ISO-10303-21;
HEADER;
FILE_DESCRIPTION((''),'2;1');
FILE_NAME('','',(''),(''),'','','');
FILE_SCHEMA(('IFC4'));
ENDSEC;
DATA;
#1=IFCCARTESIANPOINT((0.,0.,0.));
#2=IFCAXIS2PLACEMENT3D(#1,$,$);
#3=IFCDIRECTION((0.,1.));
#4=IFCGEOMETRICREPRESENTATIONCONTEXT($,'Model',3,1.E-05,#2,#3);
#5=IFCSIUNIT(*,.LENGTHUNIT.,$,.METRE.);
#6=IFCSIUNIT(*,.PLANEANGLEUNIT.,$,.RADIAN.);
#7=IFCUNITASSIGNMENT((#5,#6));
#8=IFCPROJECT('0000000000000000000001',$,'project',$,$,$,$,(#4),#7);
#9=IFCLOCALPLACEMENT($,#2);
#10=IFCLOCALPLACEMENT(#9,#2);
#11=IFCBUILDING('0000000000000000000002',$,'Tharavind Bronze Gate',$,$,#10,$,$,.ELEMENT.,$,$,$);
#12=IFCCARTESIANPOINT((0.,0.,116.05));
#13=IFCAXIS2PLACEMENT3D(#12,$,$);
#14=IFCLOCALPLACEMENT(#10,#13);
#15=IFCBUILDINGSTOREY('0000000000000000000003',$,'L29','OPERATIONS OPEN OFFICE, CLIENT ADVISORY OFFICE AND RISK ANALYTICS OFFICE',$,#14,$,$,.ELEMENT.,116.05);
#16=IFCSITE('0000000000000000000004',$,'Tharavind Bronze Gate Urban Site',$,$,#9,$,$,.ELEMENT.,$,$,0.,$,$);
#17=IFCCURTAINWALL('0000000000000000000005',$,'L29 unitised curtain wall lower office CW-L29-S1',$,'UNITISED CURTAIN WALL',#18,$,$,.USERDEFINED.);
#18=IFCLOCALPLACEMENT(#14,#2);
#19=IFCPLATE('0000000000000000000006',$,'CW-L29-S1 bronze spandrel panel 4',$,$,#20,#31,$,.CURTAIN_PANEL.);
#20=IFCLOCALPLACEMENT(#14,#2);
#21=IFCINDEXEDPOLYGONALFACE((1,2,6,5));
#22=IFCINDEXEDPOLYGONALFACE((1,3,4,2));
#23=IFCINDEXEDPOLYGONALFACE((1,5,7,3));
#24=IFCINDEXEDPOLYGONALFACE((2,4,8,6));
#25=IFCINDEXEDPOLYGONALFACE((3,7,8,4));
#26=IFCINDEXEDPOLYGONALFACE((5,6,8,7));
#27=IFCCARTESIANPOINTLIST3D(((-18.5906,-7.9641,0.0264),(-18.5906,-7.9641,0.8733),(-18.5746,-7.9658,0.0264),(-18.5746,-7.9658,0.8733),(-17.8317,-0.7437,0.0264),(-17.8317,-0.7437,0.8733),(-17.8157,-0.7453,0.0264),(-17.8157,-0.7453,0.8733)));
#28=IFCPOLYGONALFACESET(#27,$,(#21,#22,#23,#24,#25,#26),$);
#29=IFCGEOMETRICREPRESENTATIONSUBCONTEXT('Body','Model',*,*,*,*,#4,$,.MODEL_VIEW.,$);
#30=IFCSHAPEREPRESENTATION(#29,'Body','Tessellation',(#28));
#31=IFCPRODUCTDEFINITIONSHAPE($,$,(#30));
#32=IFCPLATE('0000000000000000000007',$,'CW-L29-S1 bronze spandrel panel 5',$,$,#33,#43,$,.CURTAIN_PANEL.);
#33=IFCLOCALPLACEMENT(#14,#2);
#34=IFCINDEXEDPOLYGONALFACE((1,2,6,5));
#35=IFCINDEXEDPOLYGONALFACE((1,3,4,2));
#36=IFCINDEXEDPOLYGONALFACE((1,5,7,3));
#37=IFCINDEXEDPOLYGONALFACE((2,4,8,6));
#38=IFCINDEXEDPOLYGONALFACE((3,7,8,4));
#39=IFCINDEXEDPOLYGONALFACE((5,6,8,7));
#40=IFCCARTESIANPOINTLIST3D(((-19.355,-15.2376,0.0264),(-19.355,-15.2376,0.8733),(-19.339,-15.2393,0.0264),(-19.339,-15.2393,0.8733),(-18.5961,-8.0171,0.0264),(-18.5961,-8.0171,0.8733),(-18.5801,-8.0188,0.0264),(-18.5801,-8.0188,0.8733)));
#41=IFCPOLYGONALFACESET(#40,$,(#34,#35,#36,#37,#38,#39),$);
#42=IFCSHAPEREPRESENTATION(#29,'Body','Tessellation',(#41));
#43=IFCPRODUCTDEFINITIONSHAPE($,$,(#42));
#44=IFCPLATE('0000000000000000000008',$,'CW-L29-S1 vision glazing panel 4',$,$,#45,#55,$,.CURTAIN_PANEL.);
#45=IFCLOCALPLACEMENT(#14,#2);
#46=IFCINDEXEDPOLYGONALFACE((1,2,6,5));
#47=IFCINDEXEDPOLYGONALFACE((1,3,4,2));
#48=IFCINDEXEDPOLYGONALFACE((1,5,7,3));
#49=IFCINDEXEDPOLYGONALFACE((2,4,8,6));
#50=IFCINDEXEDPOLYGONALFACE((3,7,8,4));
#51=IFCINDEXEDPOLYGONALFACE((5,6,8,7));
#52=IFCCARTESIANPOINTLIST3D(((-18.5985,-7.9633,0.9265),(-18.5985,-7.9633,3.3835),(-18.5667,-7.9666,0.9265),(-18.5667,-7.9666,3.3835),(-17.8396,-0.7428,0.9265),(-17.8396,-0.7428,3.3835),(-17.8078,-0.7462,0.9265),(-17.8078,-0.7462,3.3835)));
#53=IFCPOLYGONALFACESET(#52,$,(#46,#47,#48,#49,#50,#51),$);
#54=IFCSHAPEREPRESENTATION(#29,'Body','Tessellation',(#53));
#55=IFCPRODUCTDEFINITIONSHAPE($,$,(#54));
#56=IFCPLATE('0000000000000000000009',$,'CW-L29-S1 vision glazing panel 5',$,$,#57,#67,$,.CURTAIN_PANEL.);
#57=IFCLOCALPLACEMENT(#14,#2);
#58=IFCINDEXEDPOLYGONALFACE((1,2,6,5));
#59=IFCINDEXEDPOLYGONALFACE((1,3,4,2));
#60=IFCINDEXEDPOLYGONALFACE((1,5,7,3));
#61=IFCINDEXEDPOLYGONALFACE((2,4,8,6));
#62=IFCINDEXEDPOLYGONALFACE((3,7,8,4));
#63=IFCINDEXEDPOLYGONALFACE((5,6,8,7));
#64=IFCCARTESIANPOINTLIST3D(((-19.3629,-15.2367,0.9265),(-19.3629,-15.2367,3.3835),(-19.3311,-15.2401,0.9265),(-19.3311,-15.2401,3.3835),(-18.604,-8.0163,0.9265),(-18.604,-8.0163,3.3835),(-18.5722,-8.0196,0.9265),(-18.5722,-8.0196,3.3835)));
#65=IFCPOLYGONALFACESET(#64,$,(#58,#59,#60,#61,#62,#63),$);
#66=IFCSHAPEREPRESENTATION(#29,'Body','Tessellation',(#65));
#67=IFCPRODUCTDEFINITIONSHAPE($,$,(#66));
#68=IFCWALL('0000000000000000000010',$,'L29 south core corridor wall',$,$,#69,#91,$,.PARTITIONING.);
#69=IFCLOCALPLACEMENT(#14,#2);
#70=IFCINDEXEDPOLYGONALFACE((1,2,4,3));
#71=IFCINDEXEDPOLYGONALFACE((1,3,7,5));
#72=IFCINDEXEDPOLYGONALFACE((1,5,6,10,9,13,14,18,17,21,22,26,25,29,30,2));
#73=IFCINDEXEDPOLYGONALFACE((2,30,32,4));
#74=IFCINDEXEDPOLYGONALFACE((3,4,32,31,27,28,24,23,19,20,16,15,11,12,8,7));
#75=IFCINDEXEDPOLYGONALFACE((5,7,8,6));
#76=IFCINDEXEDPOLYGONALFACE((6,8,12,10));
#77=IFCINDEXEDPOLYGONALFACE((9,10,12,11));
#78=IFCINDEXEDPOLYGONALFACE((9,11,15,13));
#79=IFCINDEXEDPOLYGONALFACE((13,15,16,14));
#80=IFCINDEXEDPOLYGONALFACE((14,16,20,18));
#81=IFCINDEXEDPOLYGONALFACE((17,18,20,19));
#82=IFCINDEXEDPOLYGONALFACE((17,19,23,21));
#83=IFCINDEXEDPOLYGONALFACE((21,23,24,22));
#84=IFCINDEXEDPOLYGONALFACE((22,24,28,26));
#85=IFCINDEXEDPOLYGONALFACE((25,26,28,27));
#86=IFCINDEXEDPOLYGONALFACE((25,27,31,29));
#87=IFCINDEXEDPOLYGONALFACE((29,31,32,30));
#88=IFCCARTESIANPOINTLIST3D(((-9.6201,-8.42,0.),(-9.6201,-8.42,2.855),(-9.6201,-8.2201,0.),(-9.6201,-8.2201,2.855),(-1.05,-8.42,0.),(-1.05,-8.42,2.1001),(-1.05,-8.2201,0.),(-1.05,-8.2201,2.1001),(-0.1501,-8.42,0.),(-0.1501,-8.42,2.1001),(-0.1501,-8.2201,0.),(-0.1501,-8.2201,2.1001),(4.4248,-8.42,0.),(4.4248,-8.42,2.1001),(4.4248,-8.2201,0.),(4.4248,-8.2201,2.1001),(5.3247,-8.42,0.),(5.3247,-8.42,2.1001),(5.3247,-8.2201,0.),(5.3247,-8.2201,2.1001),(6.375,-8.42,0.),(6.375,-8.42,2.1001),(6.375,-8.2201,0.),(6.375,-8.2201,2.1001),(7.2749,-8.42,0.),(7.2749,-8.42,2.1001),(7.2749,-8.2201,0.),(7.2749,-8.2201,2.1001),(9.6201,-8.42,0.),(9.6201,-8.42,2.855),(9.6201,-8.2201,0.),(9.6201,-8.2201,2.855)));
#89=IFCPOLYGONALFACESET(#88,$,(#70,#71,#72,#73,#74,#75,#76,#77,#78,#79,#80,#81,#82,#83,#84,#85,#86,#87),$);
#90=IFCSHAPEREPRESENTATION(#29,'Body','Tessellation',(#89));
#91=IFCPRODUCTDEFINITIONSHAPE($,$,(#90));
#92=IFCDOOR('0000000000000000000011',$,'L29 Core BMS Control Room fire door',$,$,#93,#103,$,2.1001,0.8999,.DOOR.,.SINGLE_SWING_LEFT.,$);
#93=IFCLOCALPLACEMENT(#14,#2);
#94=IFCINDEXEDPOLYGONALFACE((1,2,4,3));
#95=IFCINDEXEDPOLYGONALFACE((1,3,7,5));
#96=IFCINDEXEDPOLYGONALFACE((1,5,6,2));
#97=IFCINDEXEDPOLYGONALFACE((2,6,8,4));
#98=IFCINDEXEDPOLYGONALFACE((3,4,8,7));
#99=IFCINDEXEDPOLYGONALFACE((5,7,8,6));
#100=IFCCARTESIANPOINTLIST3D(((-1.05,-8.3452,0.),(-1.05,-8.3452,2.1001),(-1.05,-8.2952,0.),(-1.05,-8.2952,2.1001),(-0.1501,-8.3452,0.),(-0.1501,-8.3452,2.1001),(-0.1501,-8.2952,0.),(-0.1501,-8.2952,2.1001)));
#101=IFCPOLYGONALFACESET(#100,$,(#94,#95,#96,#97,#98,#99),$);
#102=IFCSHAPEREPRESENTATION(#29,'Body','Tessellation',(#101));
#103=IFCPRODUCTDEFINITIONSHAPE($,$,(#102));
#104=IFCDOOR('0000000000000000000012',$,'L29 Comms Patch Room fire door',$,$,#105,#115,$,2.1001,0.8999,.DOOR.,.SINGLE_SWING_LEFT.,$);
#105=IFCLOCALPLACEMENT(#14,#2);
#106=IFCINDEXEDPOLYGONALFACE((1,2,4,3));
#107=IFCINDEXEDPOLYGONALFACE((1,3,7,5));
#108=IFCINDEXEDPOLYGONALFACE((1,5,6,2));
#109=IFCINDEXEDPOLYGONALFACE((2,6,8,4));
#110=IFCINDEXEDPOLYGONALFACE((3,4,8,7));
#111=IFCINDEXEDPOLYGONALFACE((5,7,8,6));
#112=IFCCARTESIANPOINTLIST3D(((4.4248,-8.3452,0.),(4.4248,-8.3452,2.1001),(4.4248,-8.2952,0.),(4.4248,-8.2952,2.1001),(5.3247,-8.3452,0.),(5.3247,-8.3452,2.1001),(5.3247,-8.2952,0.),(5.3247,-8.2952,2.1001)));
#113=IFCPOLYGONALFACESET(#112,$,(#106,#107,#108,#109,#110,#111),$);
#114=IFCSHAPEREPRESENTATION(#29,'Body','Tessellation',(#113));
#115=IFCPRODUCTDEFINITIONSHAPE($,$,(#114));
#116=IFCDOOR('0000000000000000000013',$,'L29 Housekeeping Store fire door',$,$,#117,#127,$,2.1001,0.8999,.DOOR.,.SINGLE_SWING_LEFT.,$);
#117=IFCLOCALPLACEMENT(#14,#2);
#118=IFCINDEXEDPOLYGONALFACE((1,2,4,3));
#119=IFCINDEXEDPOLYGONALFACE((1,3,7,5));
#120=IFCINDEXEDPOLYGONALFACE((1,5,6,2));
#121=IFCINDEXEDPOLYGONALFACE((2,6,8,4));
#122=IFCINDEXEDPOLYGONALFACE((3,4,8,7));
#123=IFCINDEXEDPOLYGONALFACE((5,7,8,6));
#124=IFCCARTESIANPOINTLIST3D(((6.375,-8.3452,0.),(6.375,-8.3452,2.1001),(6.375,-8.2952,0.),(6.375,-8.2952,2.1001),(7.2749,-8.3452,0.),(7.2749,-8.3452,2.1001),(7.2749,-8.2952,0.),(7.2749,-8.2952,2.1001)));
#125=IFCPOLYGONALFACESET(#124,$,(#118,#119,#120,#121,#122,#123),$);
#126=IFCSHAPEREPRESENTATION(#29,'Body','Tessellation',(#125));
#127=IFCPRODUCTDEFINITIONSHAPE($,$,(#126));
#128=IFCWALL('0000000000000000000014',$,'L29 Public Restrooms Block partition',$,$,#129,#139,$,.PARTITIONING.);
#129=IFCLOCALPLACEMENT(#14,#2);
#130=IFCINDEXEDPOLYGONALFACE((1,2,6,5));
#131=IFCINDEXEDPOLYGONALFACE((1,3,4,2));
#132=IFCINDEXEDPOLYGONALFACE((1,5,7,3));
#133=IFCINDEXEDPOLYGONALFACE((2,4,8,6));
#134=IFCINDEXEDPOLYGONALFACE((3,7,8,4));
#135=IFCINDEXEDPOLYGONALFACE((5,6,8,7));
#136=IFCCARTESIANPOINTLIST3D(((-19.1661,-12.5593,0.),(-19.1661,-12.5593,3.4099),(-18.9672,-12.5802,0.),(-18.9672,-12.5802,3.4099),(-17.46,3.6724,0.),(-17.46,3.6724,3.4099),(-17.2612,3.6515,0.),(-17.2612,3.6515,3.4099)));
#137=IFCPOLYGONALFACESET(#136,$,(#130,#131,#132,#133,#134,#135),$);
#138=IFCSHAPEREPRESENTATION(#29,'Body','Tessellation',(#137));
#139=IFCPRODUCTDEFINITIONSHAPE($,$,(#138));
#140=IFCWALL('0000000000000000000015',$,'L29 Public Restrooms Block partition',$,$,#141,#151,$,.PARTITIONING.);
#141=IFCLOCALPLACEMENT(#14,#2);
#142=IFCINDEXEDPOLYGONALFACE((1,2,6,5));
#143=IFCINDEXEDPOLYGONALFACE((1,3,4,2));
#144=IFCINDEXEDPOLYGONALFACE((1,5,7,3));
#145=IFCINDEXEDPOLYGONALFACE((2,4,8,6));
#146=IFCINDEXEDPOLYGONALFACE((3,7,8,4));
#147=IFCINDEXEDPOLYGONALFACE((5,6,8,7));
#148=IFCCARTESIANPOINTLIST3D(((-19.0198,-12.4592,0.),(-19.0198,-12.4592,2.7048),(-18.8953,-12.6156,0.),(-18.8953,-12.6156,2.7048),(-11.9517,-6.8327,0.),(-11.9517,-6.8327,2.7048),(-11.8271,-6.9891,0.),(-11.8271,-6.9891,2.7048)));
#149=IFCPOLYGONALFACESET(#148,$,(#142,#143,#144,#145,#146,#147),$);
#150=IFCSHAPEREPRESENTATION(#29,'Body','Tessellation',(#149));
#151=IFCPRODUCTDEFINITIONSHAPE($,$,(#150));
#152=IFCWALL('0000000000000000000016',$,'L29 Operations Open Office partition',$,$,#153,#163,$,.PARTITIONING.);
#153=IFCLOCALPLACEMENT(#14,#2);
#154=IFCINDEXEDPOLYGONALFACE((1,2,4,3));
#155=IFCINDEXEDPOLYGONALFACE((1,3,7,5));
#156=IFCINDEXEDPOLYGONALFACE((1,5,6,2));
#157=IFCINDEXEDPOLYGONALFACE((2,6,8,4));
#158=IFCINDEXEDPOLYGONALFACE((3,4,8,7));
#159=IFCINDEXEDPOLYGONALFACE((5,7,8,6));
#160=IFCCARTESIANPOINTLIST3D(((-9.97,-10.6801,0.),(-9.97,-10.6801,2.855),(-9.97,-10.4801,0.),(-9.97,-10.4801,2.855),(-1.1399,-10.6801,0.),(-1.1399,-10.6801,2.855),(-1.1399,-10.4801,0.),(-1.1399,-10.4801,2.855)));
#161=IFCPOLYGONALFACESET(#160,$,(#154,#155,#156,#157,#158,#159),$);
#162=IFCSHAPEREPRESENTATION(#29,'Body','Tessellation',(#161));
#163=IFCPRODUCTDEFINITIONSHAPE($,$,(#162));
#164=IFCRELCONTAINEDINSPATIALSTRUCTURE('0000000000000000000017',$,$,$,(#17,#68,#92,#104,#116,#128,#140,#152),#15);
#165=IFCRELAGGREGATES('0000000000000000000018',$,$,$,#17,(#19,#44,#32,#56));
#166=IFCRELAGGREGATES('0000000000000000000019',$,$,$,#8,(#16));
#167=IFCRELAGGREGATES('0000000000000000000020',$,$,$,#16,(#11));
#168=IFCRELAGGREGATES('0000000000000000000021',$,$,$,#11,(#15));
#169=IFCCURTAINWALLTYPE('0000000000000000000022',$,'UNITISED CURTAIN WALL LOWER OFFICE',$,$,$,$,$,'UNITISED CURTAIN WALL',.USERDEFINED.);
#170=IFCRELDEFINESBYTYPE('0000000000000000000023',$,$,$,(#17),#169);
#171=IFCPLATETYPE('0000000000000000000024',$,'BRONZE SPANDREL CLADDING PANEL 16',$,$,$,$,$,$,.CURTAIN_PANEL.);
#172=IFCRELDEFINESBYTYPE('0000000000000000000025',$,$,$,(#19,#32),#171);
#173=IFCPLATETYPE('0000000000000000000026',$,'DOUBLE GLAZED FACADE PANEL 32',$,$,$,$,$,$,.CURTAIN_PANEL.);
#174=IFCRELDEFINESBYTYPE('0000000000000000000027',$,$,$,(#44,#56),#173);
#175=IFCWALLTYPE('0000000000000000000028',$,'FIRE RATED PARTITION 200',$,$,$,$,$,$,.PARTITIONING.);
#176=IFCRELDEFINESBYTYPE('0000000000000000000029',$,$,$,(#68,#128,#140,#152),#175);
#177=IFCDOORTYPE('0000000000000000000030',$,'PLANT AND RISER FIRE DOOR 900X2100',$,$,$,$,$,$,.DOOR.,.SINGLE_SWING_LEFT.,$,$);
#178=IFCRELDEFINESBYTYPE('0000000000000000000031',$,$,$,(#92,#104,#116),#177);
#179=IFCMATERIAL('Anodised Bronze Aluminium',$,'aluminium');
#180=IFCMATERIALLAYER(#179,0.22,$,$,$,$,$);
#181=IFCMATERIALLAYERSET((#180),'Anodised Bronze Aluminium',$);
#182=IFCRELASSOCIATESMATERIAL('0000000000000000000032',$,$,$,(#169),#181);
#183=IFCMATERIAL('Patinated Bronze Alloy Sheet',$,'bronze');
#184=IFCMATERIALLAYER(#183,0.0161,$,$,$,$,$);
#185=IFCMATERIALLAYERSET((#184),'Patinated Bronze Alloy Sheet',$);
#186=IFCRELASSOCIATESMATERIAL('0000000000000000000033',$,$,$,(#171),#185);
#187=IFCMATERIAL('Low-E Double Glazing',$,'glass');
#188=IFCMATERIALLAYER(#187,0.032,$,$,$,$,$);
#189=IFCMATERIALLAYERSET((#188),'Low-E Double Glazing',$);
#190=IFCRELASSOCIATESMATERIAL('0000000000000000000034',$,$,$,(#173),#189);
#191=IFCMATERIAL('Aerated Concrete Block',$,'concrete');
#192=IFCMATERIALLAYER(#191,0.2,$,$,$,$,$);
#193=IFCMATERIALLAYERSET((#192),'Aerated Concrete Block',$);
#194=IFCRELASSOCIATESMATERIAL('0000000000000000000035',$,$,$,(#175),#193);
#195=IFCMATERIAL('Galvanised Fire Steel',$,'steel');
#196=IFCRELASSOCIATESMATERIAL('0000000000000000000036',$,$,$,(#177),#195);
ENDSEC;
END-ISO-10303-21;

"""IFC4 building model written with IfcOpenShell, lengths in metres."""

from ifc_helpers import new_model, si_unit, direction, frame, frame_2d, origin, origin_2d, place, context, subcontext, project, spatial, rectangle, extrude, material, layer, layer_set, type_object, element, fill, aggregate, save


model = new_model("IFC4")

# Units and contexts
model_context = context("Model", 3, precision=1e-05, world=origin(), true_north=direction((0.0, 1.0)))
body_context = subcontext(model_context, "Body", "Model", "MODEL_VIEW")
ifc_project = project(units=[si_unit("LENGTHUNIT", "METRE"), si_unit("PLANEANGLEUNIT", "RADIAN")], contexts=[model_context])

# Site, building, storey
site_placement = place(None, origin())
site = spatial("IfcSite", under=ifc_project, at=site_placement, Name="Tharavind Bronze Gate Urban Site", CompositionType="ELEMENT", RefElevation=0.0)
building_placement = place(site_placement, origin())
building = spatial("IfcBuilding", under=site, at=building_placement, Name="Tharavind Bronze Gate", CompositionType="ELEMENT")
storey_placement = place(building_placement, frame((0.0, 0.0, 116.05)))
storey = spatial("IfcBuildingStorey", under=building, at=storey_placement, Name="L29", Description="OPERATIONS OPEN OFFICE, CLIENT ADVISORY OFFICE AND RISK ANALYTICS OFFICE", CompositionType="ELEMENT", Elevation=116.05)

# Curtain wall
ifc_material_1 = material(Name="Anodised Bronze Aluminium", Category="aluminium")
ifc_layer_1 = layer(ifc_material_1, 0.22)
ifc_layer_set_1 = layer_set([ifc_layer_1], Name="Anodised Bronze Aluminium")
curtain_wall_type = type_object("IfcCurtainWallType", Name="UNITISED CURTAIN WALL LOWER OFFICE", ElementType="UNITISED CURTAIN WALL", PredefinedType="USERDEFINED", material=ifc_layer_set_1)
curtain_wall_placement = place(storey_placement, origin())
curtain_wall = element("IfcCurtainWall", 1, at=curtain_wall_placement, inside=storey, type_object=curtain_wall_type, Name="L29 unitised curtain wall lower office CW-L29-S1", ObjectType="UNITISED CURTAIN WALL", PredefinedType="USERDEFINED")

# Plates
ifc_material_2 = material(Name="Patinated Bronze Alloy Sheet", Category="bronze")
ifc_layer_2 = layer(ifc_material_2, 0.0161)
ifc_layer_set_2 = layer_set([ifc_layer_2], Name="Patinated Bronze Alloy Sheet")
plate_type_1 = type_object("IfcPlateType", Name="BRONZE SPANDREL CLADDING PANEL 16", PredefinedType="CURTAIN_PANEL", material=ifc_layer_set_2)
plate_1_placement = place(storey_placement, frame((-18.2031, -4.3547, 0.0264), z_axis=(0.0, 0.0, 1.0), x_axis=(-0.104527, -0.994522, 0.0)))
plate_1 = element("IfcPlate", 2, at=plate_1_placement, type_object=plate_type_1, Name="CW-L29-S1 bronze spandrel panel 4", PredefinedType="CURTAIN_PANEL", context=body_context, shape_type="SweptSolid", body=[
    extrude(rectangle(XDim=7.2603, YDim=0.0161, at=origin_2d()), origin(), (0.0, 0.0, 1.0), 0.8469),
])
plate_2_placement = place(storey_placement, frame((-18.9675, -11.6282, 0.0264), z_axis=(0.0, 0.0, 1.0), x_axis=(-0.104527, -0.994522, 0.0)))
plate_2 = element("IfcPlate", 3, at=plate_2_placement, type_object=plate_type_1, Name="CW-L29-S1 bronze spandrel panel 5", PredefinedType="CURTAIN_PANEL", context=body_context, shape_type="SweptSolid", body=[
    extrude(rectangle(XDim=7.2603, YDim=0.0161, at=origin_2d()), origin(), (0.0, 0.0, 1.0), 0.8469),
])
ifc_material_3 = material(Name="Low-E Double Glazing", Category="glass")
ifc_layer_3 = layer(ifc_material_3, 0.032)
ifc_layer_set_3 = layer_set([ifc_layer_3], Name="Low-E Double Glazing")
plate_type_2 = type_object("IfcPlateType", Name="DOUBLE GLAZED FACADE PANEL 32", PredefinedType="CURTAIN_PANEL", material=ifc_layer_set_3)
plate_3_placement = place(storey_placement, frame((-18.2031, -4.3547, 0.9265), z_axis=(0.0, 0.0, 1.0), x_axis=(-0.104527, -0.994522, 0.0)))
plate_3 = element("IfcPlate", 4, at=plate_3_placement, type_object=plate_type_2, Name="CW-L29-S1 vision glazing panel 4", PredefinedType="CURTAIN_PANEL", context=body_context, shape_type="SweptSolid", body=[
    extrude(rectangle(XDim=7.2603, YDim=0.032, at=origin_2d()), origin(), (0.0, 0.0, 1.0), 2.457),
])
plate_4_placement = place(storey_placement, frame((-18.9675, -11.6282, 0.9265), z_axis=(0.0, 0.0, 1.0), x_axis=(-0.104527, -0.994522, 0.0)))
plate_4 = element("IfcPlate", 5, at=plate_4_placement, type_object=plate_type_2, Name="CW-L29-S1 vision glazing panel 5", PredefinedType="CURTAIN_PANEL", context=body_context, shape_type="SweptSolid", body=[
    extrude(rectangle(XDim=7.2603, YDim=0.032, at=origin_2d()), origin(), (0.0, 0.0, 1.0), 2.457),
])
aggregate(curtain_wall, [plate_1, plate_3, plate_2, plate_4])

# Wall, openings, doors
ifc_material_4 = material(Name="Aerated Concrete Block", Category="concrete")
ifc_layer_4 = layer(ifc_material_4, 0.2)
ifc_layer_set_4 = layer_set([ifc_layer_4], Name="Aerated Concrete Block")
wall_type = type_object("IfcWallType", Name="FIRE RATED PARTITION 200", PredefinedType="PARTITIONING", material=ifc_layer_set_4)
wall_1_placement = place(storey_placement, frame((-9.6201, -8.3201, 0.0), z_axis=(0.0, 0.0, 1.0), x_axis=(1.0, 0.0, 0.0)))
wall_1 = element("IfcWall", 6, at=wall_1_placement, inside=storey, type_object=wall_type, Name="L29 south core corridor wall", PredefinedType="PARTITIONING", context=body_context, shape_type="SweptSolid", body=[
    extrude(rectangle(XDim=19.2402, YDim=0.2, at=frame_2d((9.6201, 0.0))), origin(), (0.0, 0.0, 1.0), 2.855),
])
opening_1_placement = place(wall_1_placement, frame((8.5701, 0.0, 0.0)))
opening_1 = element("IfcOpeningElement", 7, at=opening_1_placement, cuts=wall_1, PredefinedType="OPENING", context=body_context, shape_type="SweptSolid", body=[
    extrude(rectangle(XDim=0.8999, YDim=2.1001, at=frame_2d((0.45, 1.05))), frame((0.0, 0.1101, 0.0), z_axis=(0.0, -1.0, 0.0), x_axis=(1.0, 0.0, 0.0)), (0.0, 0.0, 1.0), 0.22),
])
opening_2_placement = place(wall_1_placement, frame((14.0449, 0.0, 0.0)))
opening_2 = element("IfcOpeningElement", 8, at=opening_2_placement, cuts=wall_1, PredefinedType="OPENING", context=body_context, shape_type="SweptSolid", body=[
    extrude(rectangle(XDim=0.8999, YDim=2.1001, at=frame_2d((0.45, 1.05))), frame((0.0, 0.1101, 0.0), z_axis=(0.0, -1.0, 0.0), x_axis=(1.0, 0.0, 0.0)), (0.0, 0.0, 1.0), 0.22),
])
opening_3_placement = place(wall_1_placement, frame((15.9951, 0.0, 0.0)))
opening_3 = element("IfcOpeningElement", 9, at=opening_3_placement, cuts=wall_1, PredefinedType="OPENING", context=body_context, shape_type="SweptSolid", body=[
    extrude(rectangle(XDim=0.8999, YDim=2.1001, at=frame_2d((0.45, 1.05))), frame((0.0, 0.1101, 0.0), z_axis=(0.0, -1.0, 0.0), x_axis=(1.0, 0.0, 0.0)), (0.0, 0.0, 1.0), 0.22),
])
ifc_material_5 = material(Name="Galvanised Fire Steel", Category="steel")
door_type = type_object("IfcDoorType", Name="PLANT AND RISER FIRE DOOR 900X2100", OperationType="SINGLE_SWING_LEFT", PredefinedType="DOOR", material=ifc_material_5)
door_1_placement = place(opening_1_placement, origin())
door_1 = element("IfcDoor", 10, at=door_1_placement, inside=storey, type_object=door_type, Name="L29 Core BMS Control Room fire door", OperationType="SINGLE_SWING_LEFT", OverallHeight=2.1001, OverallWidth=0.8999, PredefinedType="DOOR", context=body_context, shape_type="SweptSolid", body=[
    extrude(rectangle(XDim=0.8999, YDim=2.1001, at=frame_2d((0.45, 1.05))), frame((0.0, 0.0249, 0.0), z_axis=(0.0, -1.0, 0.0), x_axis=(1.0, 0.0, 0.0)), (0.0, 0.0, 1.0), 0.05),
])
fill(opening_1, door_1)
door_2_placement = place(opening_2_placement, origin())
door_2 = element("IfcDoor", 11, at=door_2_placement, inside=storey, type_object=door_type, Name="L29 Comms Patch Room fire door", OperationType="SINGLE_SWING_LEFT", OverallHeight=2.1001, OverallWidth=0.8999, PredefinedType="DOOR", context=body_context, shape_type="SweptSolid", body=[
    extrude(rectangle(XDim=0.8999, YDim=2.1001, at=frame_2d((0.45, 1.05))), frame((0.0, 0.0249, 0.0), z_axis=(0.0, -1.0, 0.0), x_axis=(1.0, 0.0, 0.0)), (0.0, 0.0, 1.0), 0.05),
])
fill(opening_2, door_2)
door_3_placement = place(opening_3_placement, origin())
door_3 = element("IfcDoor", 12, at=door_3_placement, inside=storey, type_object=door_type, Name="L29 Housekeeping Store fire door", OperationType="SINGLE_SWING_LEFT", OverallHeight=2.1001, OverallWidth=0.8999, PredefinedType="DOOR", context=body_context, shape_type="SweptSolid", body=[
    extrude(rectangle(XDim=0.8999, YDim=2.1001, at=frame_2d((0.45, 1.05))), frame((0.0, 0.0249, 0.0), z_axis=(0.0, -1.0, 0.0), x_axis=(1.0, 0.0, 0.0)), (0.0, 0.0, 1.0), 0.05),
])
fill(opening_3, door_3)

# Walls
wall_2_placement = place(storey_placement, frame((-19.0667, -12.5698, 0.0), z_axis=(0.0, 0.0, 1.0), x_axis=(0.104531, 0.994522, 0.0)))
element("IfcWall", 13, at=wall_2_placement, inside=storey, type_object=wall_type, Name="L29 Public Restrooms Block partition", PredefinedType="PARTITIONING", context=body_context, shape_type="SweptSolid", body=[
    extrude(rectangle(XDim=16.321, YDim=0.2, at=frame_2d((8.1606, 0.0))), origin(), (0.0, 0.0, 1.0), 3.4099),
])
wall_3_placement = place(storey_placement, frame((-11.8894, -6.9109, 0.0), z_axis=(0.0, 0.0, 1.0), x_axis=(-0.78238, -0.622802, 0.0)))
element("IfcWall", 14, at=wall_3_placement, inside=storey, type_object=wall_type, Name="L29 Public Restrooms Block partition", PredefinedType="PARTITIONING", context=body_context, shape_type="SweptSolid", body=[
    extrude(rectangle(XDim=9.0342, YDim=0.2, at=frame_2d((4.5171, 0.0))), origin(), (0.0, 0.0, 1.0), 2.7048),
])
wall_4_placement = place(storey_placement, frame((-9.97, -10.5801, 0.0), z_axis=(0.0, 0.0, 1.0), x_axis=(1.0, 0.0, 0.0)))
element("IfcWall", 15, at=wall_4_placement, inside=storey, type_object=wall_type, Name="L29 Operations Open Office partition", PredefinedType="PARTITIONING", context=body_context, shape_type="SweptSolid", body=[
    extrude(rectangle(XDim=8.8301, YDim=0.2, at=frame_2d((4.415, 0.0))), origin(), (0.0, 0.0, 1.0), 2.855),
])

save(model, "model.ifc")
